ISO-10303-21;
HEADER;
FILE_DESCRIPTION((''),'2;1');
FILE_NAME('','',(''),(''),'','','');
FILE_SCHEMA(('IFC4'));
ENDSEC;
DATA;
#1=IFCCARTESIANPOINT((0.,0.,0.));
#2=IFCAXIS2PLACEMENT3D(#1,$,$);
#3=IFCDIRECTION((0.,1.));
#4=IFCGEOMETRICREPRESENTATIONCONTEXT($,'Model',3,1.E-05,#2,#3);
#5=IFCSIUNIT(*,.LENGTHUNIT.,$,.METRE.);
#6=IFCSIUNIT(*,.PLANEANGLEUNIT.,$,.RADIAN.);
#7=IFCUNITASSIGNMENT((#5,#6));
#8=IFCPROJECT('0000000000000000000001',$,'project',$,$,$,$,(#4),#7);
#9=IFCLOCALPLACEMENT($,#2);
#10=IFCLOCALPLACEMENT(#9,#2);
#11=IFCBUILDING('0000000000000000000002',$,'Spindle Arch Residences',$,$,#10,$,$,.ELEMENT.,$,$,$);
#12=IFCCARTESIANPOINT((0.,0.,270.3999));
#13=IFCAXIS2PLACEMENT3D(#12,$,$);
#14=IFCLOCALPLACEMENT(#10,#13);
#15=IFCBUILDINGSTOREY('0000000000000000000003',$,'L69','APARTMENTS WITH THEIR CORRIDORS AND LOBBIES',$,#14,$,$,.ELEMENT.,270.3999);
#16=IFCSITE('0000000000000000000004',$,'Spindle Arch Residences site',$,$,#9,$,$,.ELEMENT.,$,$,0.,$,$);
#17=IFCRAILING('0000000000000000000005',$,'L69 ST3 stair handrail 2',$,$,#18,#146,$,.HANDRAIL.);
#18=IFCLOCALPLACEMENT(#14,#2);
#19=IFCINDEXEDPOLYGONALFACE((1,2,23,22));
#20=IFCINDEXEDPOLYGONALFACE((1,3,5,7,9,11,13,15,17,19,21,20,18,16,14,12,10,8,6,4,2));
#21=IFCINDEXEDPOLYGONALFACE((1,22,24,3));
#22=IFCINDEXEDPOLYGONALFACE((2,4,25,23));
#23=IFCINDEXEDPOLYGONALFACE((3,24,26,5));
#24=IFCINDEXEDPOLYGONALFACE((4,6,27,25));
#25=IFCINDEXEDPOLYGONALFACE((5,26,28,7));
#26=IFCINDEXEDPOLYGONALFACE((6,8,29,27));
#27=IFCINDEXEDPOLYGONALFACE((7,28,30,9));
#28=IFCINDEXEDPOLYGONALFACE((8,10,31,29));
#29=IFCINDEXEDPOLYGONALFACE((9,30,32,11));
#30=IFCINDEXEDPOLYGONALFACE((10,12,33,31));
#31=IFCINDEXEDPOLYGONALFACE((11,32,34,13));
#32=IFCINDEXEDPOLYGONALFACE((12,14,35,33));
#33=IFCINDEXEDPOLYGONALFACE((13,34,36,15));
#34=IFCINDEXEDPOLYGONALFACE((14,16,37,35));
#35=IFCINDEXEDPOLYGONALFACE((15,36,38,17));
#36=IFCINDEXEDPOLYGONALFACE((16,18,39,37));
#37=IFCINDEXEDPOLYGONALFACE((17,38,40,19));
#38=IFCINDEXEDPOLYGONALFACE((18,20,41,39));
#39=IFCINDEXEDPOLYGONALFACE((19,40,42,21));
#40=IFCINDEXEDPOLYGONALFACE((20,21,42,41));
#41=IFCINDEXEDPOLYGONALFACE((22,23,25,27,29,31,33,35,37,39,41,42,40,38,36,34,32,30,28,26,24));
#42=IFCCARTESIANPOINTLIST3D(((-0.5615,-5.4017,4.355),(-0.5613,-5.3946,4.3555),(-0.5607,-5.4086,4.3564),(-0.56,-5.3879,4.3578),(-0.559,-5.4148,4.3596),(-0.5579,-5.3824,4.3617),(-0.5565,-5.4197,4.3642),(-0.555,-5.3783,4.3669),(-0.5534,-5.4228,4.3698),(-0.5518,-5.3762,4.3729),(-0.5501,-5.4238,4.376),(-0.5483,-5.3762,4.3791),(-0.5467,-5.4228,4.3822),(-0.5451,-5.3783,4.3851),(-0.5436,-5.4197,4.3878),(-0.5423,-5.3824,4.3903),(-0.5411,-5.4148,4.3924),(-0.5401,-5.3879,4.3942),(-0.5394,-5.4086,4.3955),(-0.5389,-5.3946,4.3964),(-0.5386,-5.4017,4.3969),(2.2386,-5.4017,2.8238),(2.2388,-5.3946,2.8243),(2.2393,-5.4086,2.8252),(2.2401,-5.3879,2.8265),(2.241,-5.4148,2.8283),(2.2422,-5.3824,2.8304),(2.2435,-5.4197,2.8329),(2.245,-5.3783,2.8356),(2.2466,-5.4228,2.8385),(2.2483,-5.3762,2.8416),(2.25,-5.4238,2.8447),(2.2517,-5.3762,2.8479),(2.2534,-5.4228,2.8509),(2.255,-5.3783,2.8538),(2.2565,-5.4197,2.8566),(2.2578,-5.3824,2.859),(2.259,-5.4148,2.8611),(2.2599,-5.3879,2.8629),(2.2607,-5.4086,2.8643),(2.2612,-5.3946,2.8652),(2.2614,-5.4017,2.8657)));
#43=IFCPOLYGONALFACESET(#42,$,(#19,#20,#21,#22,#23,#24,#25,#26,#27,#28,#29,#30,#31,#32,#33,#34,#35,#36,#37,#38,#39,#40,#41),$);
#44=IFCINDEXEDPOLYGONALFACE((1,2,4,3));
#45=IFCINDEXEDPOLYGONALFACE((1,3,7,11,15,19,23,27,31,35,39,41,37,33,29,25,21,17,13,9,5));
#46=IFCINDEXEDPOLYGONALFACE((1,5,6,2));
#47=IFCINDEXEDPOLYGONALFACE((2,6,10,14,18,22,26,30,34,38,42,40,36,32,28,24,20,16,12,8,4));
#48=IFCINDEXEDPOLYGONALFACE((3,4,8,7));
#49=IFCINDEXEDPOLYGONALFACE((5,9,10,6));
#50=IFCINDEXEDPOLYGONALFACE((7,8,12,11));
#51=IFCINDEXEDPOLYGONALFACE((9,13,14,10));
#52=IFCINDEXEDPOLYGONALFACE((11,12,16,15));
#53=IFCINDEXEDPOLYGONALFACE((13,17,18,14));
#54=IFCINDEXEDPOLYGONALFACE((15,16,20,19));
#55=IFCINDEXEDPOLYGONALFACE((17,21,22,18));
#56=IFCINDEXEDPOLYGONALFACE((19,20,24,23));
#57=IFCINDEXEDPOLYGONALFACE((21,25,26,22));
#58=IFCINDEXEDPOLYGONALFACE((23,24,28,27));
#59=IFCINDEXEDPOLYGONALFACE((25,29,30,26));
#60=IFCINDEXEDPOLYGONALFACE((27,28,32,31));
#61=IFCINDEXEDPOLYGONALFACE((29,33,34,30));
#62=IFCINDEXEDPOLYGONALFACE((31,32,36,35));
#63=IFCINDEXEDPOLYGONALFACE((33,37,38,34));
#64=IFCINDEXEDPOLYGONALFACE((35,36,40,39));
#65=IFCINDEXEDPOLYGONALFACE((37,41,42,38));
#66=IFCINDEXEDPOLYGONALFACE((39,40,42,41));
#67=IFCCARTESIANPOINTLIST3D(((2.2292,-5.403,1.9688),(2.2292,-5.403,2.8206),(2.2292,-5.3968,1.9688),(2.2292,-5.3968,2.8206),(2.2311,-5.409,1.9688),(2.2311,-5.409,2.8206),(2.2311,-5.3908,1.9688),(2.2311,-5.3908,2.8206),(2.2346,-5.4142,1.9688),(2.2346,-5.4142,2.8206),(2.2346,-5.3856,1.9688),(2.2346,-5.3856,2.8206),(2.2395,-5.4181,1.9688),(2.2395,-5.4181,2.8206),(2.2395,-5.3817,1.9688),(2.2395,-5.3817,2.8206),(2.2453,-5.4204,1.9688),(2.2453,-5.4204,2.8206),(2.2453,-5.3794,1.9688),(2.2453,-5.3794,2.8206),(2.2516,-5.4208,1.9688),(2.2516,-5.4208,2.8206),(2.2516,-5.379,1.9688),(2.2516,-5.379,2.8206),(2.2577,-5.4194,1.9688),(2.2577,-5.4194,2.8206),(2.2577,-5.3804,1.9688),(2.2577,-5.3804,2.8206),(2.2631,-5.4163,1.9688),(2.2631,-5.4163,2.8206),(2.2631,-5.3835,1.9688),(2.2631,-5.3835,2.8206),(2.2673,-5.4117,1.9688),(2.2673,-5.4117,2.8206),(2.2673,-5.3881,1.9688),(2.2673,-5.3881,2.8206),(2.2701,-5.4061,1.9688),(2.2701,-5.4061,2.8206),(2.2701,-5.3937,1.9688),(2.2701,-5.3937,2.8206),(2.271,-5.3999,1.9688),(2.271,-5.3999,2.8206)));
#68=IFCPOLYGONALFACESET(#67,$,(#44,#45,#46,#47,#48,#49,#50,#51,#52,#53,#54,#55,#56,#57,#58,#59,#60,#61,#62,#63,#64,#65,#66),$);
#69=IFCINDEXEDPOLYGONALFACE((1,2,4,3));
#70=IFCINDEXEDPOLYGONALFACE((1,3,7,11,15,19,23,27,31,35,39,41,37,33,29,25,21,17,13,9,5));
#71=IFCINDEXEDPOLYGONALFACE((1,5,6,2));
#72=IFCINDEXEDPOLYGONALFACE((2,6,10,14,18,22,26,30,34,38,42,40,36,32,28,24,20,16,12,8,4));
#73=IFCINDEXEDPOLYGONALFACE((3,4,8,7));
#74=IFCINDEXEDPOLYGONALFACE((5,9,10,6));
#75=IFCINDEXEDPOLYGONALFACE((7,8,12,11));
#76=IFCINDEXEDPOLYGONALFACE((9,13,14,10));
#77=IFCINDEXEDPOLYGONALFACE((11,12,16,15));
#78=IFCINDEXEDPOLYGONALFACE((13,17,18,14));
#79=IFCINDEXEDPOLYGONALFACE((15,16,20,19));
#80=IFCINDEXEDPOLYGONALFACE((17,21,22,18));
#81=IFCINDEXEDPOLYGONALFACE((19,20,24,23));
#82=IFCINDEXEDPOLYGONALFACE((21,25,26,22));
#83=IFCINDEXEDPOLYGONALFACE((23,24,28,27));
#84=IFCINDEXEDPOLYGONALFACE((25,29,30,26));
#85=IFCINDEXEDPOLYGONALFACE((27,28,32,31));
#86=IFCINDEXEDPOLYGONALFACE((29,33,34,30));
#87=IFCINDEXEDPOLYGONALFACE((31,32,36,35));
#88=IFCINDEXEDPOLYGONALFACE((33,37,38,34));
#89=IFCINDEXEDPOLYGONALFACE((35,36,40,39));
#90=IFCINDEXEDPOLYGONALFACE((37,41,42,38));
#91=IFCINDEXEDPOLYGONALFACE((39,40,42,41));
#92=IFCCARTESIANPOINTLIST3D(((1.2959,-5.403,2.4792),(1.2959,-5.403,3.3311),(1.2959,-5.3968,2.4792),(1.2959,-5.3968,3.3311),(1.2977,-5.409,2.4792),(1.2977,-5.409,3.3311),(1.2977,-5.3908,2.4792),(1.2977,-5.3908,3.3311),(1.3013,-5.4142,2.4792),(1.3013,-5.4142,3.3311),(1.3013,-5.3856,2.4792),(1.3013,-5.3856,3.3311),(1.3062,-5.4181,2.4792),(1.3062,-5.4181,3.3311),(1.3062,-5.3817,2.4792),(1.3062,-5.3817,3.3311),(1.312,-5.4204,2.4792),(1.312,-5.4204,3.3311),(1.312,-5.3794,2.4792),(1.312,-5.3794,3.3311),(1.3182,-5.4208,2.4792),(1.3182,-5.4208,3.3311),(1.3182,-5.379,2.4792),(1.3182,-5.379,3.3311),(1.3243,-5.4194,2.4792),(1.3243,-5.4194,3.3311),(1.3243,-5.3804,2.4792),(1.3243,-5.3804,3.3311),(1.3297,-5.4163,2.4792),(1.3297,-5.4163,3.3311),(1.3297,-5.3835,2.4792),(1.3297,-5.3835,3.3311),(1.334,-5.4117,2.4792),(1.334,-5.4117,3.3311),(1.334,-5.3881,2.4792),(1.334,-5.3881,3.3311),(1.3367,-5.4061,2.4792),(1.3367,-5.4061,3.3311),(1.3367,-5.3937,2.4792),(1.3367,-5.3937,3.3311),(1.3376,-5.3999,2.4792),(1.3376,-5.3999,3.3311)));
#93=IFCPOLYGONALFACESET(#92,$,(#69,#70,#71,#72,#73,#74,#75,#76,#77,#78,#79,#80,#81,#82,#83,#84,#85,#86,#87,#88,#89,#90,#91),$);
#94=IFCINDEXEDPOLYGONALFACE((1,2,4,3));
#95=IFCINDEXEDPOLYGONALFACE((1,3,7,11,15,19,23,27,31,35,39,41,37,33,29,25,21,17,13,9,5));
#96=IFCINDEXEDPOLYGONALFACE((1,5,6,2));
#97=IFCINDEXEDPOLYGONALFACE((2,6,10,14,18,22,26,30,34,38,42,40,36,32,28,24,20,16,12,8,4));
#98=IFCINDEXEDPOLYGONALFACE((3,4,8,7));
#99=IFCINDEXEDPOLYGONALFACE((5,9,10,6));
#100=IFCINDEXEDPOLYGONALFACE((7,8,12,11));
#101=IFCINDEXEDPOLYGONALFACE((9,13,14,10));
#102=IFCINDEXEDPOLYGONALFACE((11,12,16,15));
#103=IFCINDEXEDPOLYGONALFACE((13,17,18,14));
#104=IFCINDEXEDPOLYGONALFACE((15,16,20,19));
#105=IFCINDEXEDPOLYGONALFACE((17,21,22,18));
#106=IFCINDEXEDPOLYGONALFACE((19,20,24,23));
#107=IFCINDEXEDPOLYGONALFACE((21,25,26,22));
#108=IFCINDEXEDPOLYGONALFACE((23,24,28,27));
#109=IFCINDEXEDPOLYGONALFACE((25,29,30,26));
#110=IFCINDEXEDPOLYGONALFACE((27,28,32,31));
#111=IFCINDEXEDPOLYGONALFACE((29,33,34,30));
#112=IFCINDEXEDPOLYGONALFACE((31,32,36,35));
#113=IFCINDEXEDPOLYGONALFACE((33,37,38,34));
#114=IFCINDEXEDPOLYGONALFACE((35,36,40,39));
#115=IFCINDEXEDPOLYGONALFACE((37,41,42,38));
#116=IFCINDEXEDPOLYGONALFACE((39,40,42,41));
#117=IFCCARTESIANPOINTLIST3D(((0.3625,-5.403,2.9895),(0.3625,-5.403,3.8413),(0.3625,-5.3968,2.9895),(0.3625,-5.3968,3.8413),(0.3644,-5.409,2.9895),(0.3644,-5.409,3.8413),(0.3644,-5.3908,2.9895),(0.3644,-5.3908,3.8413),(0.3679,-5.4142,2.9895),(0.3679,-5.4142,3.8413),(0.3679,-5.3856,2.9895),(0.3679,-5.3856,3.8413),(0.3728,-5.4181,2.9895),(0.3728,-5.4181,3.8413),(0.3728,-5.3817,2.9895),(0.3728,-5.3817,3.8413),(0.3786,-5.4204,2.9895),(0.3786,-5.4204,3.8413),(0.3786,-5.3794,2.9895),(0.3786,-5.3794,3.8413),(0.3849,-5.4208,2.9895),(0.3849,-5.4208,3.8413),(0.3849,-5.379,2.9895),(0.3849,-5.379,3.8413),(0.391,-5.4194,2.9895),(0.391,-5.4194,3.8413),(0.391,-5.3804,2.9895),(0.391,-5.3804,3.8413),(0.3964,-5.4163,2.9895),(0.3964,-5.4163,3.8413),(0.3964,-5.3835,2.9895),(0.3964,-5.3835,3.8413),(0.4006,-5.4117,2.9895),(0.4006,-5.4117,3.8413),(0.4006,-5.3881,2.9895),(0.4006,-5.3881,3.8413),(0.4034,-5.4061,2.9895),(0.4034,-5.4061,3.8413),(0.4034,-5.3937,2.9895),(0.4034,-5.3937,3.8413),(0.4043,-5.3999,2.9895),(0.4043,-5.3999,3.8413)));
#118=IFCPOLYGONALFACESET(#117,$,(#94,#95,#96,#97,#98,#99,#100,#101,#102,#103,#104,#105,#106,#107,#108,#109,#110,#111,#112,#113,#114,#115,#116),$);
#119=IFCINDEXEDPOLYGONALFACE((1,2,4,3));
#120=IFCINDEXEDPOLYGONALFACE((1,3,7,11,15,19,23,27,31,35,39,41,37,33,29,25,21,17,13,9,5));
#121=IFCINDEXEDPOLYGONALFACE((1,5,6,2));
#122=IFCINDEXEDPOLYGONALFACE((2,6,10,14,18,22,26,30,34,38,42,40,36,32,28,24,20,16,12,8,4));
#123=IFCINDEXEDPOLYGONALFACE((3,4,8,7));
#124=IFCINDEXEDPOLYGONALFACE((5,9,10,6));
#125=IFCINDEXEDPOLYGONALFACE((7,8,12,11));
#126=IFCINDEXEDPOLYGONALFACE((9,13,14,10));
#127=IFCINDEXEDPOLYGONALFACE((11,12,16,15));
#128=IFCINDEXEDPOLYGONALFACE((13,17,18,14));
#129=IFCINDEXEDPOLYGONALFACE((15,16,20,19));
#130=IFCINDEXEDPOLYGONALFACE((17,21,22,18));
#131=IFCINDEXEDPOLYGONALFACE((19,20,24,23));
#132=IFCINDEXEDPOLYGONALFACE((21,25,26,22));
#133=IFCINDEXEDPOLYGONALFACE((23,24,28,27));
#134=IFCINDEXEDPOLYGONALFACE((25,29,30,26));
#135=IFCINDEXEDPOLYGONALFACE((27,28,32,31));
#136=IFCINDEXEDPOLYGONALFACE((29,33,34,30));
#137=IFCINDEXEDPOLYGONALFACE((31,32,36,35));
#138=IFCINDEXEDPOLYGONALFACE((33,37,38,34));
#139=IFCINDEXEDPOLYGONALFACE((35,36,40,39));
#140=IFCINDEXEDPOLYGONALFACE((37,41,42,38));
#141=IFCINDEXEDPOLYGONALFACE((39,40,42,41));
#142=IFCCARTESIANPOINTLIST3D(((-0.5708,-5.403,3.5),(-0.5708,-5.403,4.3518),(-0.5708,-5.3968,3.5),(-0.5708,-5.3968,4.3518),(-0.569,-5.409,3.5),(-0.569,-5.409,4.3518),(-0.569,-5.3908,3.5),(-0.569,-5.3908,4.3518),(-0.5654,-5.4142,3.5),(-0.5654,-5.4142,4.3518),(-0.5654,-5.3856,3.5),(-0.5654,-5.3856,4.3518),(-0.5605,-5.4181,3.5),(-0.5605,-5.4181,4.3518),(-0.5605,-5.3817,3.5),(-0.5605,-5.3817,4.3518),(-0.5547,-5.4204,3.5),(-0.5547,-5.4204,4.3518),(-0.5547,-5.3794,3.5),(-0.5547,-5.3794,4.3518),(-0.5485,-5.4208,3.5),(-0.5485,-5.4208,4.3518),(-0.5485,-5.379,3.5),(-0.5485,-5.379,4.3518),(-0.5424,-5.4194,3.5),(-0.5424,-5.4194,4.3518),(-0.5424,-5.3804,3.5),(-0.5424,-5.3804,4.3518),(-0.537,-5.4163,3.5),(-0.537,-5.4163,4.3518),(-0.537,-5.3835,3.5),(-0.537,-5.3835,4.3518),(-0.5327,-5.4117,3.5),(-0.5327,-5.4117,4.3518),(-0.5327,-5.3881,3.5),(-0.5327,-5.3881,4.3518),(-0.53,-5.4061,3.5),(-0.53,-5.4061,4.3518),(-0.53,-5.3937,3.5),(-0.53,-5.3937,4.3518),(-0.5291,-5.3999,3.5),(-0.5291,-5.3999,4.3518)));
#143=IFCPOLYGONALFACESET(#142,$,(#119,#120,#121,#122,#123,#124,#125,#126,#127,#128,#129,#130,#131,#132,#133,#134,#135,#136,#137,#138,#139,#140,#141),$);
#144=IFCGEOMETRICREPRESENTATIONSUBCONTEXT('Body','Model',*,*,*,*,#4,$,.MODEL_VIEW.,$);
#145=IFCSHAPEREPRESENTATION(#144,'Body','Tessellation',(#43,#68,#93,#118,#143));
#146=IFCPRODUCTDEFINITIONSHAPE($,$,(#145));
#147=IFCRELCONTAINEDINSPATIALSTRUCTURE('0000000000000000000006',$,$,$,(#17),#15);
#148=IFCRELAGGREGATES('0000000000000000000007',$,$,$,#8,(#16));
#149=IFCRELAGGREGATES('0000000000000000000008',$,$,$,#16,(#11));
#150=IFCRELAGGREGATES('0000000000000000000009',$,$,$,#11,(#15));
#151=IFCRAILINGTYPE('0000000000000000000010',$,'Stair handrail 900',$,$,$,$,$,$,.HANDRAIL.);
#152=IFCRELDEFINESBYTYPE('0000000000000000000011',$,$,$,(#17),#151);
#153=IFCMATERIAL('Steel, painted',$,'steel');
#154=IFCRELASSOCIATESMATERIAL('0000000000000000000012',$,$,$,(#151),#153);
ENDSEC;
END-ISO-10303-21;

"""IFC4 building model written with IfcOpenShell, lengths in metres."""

from ifc_helpers import new_model, si_unit, direction, frame, origin, origin_2d, place, context, subcontext, project, spatial, circle, extrude, material, type_object, element, save


model = new_model("IFC4")

# Units and contexts
model_context = context("Model", 3, precision=1e-05, world=origin(), true_north=direction((0.0, 1.0)))
body_context = subcontext(model_context, "Body", "Model", "MODEL_VIEW")
ifc_project = project(units=[si_unit("LENGTHUNIT", "METRE"), si_unit("PLANEANGLEUNIT", "RADIAN")], contexts=[model_context])

# Site, building, storey
site_placement = place(None, origin())
site = spatial("IfcSite", under=ifc_project, at=site_placement, Name="Spindle Arch Residences site", CompositionType="ELEMENT", RefElevation=0.0)
building_placement = place(site_placement, origin())
building = spatial("IfcBuilding", under=site, at=building_placement, Name="Spindle Arch Residences", CompositionType="ELEMENT")
storey_placement = place(building_placement, frame((0.0, 0.0, 270.3999)))
storey = spatial("IfcBuildingStorey", under=building, at=storey_placement, Name="L69", Description="APARTMENTS WITH THEIR CORRIDORS AND LOBBIES", CompositionType="ELEMENT", Elevation=270.3999)

# Railing
ifc_material_1 = material(Name="Steel, painted", Category="steel")
railing_type = type_object("IfcRailingType", Name="Stair handrail 900", PredefinedType="HANDRAIL", material=ifc_material_1)
railing_placement = place(storey_placement, frame((2.25, -5.3999, 1.9688)))
element("IfcRailing", 1, at=railing_placement, inside=storey, type_object=railing_type, Name="L69 ST3 stair handrail 2", PredefinedType="HANDRAIL", context=body_context, shape_type="SweptSolid", body=[
    extrude(circle(Radius=0.0239, at=origin_2d()), frame((0.0, 0.0, 0.876), z_axis=(-0.877375, 0.0, 0.479806), x_axis=(0.0, -1.0, 0.0)), (0.0, 0.0, 1.0), 3.1914),
    extrude(circle(Radius=0.021, at=origin_2d()), origin(), (0.0, 0.0, 1.0), 0.8518),
    extrude(circle(Radius=0.021, at=origin_2d()), frame((-0.9333, 0.0, 0.5105)), (0.0, 0.0, 1.0), 0.8518),
    extrude(circle(Radius=0.021, at=origin_2d()), frame((-1.8667, 0.0, 1.0208)), (0.0, 0.0, 1.0), 0.8518),
    extrude(circle(Radius=0.021, at=origin_2d()), frame((-2.8, 0.0, 1.5312)), (0.0, 0.0, 1.0), 0.8518),
])

save(model, "model.ifc")
